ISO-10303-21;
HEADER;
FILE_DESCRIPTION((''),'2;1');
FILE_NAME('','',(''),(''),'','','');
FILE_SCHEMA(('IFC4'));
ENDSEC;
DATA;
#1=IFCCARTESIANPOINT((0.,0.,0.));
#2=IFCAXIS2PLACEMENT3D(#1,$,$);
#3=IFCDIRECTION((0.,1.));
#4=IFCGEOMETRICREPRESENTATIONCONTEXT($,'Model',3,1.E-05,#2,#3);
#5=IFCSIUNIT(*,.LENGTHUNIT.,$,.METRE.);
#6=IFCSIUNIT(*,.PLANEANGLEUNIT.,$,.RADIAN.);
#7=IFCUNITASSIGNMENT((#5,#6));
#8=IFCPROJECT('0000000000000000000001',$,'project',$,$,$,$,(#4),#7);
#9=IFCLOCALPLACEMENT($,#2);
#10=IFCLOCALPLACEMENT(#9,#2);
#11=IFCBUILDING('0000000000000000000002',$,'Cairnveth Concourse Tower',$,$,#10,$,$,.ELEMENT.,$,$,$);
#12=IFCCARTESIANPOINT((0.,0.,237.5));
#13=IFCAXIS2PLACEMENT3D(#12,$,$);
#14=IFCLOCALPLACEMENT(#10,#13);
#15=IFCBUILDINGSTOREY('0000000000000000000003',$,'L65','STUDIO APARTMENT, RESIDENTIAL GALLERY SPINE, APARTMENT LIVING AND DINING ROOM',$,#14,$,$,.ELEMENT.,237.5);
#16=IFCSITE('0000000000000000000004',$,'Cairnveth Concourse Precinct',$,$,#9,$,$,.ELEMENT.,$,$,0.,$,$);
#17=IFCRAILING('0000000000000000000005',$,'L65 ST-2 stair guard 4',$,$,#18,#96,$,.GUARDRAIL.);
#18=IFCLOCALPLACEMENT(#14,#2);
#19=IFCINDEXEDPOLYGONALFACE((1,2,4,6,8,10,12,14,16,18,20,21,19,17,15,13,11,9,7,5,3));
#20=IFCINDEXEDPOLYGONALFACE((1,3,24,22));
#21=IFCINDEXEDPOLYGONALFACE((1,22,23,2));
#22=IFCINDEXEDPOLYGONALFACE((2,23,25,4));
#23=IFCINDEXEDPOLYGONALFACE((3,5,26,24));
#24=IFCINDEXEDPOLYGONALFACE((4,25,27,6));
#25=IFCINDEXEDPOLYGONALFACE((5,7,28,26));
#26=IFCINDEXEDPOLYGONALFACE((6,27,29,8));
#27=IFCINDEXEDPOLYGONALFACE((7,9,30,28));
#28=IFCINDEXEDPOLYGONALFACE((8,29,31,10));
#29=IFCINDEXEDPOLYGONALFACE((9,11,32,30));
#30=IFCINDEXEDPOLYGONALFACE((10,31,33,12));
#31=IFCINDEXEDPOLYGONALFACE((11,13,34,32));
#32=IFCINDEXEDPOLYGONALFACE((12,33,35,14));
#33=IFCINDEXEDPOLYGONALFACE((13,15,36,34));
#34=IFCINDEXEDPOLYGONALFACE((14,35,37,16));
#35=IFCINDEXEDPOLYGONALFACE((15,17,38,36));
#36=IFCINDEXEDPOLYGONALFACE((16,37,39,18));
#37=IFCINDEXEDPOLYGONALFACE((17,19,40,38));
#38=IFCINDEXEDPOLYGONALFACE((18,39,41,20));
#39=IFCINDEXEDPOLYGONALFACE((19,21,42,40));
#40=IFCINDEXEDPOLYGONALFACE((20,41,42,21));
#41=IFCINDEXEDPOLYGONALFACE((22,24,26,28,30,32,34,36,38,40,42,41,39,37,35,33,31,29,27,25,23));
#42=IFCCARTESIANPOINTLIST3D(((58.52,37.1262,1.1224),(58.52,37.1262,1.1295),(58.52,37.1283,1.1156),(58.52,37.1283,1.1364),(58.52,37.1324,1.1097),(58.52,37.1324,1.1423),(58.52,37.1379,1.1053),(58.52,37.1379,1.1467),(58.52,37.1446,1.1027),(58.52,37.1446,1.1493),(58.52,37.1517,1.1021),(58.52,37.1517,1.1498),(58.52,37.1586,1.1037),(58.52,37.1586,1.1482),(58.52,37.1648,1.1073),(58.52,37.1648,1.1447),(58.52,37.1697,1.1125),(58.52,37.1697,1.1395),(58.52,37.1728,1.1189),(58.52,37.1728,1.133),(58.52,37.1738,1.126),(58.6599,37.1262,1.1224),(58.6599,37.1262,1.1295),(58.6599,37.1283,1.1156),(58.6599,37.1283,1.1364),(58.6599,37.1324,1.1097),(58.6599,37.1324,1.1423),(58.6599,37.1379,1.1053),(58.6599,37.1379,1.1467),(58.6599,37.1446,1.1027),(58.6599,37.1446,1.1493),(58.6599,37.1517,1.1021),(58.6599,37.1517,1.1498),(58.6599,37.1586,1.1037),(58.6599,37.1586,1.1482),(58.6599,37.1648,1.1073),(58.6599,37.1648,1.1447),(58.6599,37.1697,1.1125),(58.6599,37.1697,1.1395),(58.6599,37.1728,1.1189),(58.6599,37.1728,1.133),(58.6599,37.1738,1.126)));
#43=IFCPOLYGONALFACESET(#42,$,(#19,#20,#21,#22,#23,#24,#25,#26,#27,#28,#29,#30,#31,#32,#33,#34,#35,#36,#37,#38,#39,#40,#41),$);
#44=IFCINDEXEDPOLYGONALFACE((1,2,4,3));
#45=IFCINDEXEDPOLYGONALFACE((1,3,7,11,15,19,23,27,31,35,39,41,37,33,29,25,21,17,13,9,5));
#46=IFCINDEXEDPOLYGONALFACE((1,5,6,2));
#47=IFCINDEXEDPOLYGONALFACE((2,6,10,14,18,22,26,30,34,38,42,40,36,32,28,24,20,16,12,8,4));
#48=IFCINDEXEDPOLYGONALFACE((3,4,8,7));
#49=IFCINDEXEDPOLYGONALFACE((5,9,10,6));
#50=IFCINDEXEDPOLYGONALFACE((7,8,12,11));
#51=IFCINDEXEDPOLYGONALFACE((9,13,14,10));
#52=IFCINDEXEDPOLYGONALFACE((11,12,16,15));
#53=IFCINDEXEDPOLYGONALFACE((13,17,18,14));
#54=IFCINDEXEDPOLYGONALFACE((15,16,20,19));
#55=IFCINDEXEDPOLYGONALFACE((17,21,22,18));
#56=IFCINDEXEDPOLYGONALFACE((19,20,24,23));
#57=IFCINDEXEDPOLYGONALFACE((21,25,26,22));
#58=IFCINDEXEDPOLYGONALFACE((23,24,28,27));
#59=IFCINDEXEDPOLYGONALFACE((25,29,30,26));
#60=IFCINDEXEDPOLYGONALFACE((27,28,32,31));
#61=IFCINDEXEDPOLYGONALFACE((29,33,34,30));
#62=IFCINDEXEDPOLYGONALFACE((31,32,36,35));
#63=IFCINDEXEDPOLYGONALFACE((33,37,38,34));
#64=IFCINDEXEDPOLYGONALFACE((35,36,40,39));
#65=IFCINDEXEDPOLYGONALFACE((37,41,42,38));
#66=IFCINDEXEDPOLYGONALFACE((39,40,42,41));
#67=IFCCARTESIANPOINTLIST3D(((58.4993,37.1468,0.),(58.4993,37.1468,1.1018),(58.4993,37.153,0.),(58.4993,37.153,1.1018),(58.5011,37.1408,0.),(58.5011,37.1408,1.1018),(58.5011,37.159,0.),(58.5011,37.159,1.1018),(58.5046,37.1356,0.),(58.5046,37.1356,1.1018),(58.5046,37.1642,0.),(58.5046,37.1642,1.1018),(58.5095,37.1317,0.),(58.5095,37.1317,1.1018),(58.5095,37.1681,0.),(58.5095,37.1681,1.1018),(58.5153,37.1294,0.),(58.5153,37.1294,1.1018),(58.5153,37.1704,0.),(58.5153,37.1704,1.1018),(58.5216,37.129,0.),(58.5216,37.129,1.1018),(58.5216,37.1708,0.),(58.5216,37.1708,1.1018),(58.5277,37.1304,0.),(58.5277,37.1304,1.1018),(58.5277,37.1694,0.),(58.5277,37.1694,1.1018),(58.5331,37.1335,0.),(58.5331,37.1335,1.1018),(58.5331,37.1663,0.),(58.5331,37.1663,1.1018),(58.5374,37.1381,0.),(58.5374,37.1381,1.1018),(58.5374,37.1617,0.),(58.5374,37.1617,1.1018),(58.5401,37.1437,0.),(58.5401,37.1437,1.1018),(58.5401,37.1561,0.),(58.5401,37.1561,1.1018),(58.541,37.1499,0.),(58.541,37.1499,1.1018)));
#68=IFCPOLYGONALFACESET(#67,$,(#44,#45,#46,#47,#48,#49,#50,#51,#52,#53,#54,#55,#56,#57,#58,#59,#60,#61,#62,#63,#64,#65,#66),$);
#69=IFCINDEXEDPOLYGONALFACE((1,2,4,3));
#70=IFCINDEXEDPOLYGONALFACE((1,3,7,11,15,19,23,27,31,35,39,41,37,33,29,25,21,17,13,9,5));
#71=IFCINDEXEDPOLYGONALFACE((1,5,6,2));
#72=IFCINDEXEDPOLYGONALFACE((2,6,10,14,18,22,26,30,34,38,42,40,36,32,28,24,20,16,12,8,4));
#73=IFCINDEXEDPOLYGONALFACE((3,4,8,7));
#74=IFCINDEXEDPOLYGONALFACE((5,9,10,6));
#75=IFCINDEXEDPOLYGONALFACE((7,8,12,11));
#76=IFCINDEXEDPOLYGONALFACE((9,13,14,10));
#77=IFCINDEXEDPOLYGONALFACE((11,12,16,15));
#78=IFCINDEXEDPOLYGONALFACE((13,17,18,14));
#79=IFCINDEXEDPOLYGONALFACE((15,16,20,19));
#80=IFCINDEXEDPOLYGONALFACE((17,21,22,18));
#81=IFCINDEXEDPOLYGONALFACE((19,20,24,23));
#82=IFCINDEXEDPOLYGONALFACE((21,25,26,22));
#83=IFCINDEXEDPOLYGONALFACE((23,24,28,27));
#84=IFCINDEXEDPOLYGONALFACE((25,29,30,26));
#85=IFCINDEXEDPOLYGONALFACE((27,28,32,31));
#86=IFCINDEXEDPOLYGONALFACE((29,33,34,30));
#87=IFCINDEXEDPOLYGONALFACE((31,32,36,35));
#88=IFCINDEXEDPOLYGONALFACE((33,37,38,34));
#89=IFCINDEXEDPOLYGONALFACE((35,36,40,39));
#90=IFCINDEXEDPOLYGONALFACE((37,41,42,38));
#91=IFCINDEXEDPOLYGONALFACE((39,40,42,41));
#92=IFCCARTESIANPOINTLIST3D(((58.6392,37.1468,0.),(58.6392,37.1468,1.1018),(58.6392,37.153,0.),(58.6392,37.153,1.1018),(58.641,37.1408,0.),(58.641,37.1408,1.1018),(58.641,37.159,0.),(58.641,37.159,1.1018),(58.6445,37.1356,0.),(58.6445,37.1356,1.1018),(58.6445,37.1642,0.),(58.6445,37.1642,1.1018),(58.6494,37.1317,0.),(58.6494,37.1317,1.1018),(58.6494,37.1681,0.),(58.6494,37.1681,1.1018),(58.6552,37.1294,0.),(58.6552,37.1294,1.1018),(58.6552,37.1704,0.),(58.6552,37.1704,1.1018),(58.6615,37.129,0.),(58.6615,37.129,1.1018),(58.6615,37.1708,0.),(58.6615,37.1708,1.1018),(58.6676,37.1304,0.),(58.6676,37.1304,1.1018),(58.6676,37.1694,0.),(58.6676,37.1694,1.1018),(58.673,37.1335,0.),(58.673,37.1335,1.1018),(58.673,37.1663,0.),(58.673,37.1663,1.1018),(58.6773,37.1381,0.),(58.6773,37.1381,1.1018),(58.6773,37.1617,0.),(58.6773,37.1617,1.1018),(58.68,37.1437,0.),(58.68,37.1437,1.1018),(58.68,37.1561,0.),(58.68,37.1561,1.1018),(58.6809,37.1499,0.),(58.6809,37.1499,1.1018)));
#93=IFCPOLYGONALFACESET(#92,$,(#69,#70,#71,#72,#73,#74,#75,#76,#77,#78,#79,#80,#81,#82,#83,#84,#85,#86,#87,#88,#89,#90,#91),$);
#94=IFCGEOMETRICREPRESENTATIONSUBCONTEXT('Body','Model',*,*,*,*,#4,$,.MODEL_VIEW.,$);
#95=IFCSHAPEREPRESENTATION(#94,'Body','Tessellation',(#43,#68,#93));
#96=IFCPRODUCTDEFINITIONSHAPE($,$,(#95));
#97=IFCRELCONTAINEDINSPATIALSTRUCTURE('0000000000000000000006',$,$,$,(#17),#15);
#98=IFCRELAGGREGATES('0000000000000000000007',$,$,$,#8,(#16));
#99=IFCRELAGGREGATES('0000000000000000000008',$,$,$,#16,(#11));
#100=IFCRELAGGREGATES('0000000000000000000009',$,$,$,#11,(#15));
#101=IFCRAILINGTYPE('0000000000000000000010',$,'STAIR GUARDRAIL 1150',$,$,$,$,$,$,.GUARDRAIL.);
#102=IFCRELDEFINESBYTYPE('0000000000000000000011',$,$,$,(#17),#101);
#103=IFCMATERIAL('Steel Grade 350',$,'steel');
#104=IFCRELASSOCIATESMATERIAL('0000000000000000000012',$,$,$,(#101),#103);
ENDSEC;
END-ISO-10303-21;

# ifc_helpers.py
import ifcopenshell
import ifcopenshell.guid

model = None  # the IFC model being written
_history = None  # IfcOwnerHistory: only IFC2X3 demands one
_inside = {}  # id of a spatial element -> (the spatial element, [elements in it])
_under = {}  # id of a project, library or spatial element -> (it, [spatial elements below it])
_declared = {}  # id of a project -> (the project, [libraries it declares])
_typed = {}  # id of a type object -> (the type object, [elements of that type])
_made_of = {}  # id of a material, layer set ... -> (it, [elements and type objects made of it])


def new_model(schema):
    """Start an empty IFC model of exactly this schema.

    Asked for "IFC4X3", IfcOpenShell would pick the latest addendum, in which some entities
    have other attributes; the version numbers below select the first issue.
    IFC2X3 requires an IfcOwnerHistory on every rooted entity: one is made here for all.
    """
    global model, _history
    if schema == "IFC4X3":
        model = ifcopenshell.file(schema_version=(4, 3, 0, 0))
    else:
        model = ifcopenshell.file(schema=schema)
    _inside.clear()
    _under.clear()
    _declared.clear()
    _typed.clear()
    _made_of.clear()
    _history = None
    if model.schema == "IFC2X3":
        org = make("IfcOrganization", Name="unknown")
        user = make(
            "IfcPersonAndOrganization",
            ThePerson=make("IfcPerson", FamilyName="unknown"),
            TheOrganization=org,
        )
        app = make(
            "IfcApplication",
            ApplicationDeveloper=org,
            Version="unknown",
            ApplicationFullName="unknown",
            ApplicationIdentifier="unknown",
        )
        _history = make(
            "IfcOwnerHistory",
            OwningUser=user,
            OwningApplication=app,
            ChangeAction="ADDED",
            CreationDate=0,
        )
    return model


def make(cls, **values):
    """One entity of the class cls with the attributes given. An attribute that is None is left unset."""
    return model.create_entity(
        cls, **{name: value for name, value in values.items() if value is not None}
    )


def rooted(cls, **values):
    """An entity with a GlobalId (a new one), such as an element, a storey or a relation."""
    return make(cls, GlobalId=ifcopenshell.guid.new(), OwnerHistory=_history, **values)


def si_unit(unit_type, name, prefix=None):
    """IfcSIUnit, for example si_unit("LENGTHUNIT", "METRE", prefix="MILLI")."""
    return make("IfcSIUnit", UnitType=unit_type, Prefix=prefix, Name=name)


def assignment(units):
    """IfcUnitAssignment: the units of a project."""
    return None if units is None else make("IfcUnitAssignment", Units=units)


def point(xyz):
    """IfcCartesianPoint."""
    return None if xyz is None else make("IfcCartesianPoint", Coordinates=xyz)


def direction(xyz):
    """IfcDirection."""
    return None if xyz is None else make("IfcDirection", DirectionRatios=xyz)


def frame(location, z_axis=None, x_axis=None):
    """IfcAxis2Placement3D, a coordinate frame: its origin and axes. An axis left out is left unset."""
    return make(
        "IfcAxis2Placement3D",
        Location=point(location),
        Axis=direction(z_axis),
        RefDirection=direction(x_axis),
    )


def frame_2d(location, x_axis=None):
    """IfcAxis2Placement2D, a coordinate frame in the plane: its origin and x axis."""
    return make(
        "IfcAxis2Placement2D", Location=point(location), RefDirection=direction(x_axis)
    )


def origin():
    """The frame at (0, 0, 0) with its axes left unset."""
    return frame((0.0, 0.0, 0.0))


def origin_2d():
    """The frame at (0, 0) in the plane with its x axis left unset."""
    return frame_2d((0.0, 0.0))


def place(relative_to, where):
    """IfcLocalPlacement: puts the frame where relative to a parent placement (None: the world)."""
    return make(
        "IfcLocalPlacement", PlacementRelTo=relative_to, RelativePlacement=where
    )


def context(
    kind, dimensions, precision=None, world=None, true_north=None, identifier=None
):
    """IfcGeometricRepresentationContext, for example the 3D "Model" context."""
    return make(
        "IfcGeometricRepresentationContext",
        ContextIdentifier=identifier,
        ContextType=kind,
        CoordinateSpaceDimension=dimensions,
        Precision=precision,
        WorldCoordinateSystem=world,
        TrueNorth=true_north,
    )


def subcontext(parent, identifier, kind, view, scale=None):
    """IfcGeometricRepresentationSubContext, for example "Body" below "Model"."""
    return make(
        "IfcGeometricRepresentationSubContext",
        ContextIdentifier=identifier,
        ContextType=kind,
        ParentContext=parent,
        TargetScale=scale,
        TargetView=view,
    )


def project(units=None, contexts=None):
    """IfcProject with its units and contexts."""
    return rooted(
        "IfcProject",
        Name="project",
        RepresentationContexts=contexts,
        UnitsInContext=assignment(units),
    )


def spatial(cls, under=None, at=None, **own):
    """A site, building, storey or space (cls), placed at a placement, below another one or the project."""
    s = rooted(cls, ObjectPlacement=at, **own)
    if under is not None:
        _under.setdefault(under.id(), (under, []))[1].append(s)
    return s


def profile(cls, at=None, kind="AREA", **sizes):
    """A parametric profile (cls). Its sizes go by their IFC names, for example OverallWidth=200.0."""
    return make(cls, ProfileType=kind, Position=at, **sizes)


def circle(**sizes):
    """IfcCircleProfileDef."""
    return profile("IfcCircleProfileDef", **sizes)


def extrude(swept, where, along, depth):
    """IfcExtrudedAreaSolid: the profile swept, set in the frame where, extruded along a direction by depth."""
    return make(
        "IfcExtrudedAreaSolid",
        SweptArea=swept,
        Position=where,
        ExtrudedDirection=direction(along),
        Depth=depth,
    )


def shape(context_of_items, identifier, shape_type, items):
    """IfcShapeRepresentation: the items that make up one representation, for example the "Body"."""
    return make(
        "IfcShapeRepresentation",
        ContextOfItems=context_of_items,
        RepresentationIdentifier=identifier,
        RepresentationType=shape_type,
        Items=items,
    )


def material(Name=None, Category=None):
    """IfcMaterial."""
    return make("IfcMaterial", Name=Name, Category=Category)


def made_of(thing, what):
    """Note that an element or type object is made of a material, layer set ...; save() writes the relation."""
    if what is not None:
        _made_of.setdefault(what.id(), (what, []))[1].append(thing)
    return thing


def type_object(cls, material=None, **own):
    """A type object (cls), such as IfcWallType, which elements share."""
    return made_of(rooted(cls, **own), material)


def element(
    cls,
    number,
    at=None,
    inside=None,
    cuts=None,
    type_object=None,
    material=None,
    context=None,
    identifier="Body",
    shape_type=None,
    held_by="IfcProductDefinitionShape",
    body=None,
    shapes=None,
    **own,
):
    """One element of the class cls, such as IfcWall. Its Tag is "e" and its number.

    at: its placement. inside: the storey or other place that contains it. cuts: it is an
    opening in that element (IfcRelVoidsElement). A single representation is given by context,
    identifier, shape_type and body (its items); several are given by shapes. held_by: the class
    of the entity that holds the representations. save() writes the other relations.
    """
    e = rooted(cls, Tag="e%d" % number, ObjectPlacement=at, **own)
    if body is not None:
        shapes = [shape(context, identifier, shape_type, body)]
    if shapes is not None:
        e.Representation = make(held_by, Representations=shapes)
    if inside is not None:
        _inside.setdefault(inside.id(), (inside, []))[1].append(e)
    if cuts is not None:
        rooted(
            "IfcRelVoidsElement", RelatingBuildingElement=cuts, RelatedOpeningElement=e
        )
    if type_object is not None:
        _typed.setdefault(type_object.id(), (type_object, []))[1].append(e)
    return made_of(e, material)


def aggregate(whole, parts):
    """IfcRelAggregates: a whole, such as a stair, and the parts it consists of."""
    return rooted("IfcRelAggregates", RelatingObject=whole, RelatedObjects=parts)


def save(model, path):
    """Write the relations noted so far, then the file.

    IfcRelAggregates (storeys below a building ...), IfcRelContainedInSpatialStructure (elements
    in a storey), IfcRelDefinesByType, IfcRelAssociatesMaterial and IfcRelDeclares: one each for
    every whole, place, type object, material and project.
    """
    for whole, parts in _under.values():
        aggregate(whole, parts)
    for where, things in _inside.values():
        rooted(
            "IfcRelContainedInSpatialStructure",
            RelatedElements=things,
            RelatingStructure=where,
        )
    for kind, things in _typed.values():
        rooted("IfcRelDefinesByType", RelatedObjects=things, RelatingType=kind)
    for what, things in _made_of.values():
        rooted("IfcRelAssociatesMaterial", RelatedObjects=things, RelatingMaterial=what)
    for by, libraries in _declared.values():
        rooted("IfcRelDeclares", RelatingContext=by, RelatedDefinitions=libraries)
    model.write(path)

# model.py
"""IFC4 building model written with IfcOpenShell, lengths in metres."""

from ifc_helpers import new_model, si_unit, direction, frame, origin, origin_2d, place, context, subcontext, project, spatial, circle, extrude, material, type_object, element, save


model = new_model("IFC4")

# Units and contexts
model_context = context("Model", 3, precision=1e-05, world=origin(), true_north=direction((0.0, 1.0)))
body_context = subcontext(model_context, "Body", "Model", "MODEL_VIEW")
ifc_project = project(units=[si_unit("LENGTHUNIT", "METRE"), si_unit("PLANEANGLEUNIT", "RADIAN")], contexts=[model_context])

# Site, building, storey
site_placement = place(None, origin())
site = spatial("IfcSite", under=ifc_project, at=site_placement, Name="Cairnveth Concourse Precinct", CompositionType="ELEMENT", RefElevation=0.0)
building_placement = place(site_placement, origin())
building = spatial("IfcBuilding", under=site, at=building_placement, Name="Cairnveth Concourse Tower", CompositionType="ELEMENT")
storey_placement = place(building_placement, frame((0.0, 0.0, 237.5)))
storey = spatial("IfcBuildingStorey", under=building, at=storey_placement, Name="L65", Description="STUDIO APARTMENT, RESIDENTIAL GALLERY SPINE, APARTMENT LIVING AND DINING ROOM", CompositionType="ELEMENT", Elevation=237.5)

# Shared definitions
ifc_material_1 = material(Name="Steel Grade 350", Category="steel")

# Railing
railing_type_1 = type_object("IfcRailingType", Name="STAIR GUARDRAIL 1150", PredefinedType="GUARDRAIL", material=ifc_material_1)
railing_1_placement = place(storey_placement, frame((58.52, 37.1499, 0.0)))
element("IfcRailing", 1, at=railing_1_placement, inside=storey, type_object=railing_type_1, Name="L65 ST-2 stair guard 4", PredefinedType="GUARDRAIL", context=body_context, shape_type="SweptSolid", body=[
    extrude(circle(Radius=0.0239, at=origin_2d()), frame((0.0, 0.0, 1.126), z_axis=(1.0, 0.0, 0.0), x_axis=(0.0, 1.0, 0.0)), (0.0, 0.0, 1.0), 0.1399),
    extrude(circle(Radius=0.021, at=origin_2d()), origin(), (0.0, 0.0, 1.0), 1.1018),
    extrude(circle(Radius=0.021, at=origin_2d()), frame((0.1399, 0.0, 0.0)), (0.0, 0.0, 1.0), 1.1018),
])

save(model, "model.ifc")
